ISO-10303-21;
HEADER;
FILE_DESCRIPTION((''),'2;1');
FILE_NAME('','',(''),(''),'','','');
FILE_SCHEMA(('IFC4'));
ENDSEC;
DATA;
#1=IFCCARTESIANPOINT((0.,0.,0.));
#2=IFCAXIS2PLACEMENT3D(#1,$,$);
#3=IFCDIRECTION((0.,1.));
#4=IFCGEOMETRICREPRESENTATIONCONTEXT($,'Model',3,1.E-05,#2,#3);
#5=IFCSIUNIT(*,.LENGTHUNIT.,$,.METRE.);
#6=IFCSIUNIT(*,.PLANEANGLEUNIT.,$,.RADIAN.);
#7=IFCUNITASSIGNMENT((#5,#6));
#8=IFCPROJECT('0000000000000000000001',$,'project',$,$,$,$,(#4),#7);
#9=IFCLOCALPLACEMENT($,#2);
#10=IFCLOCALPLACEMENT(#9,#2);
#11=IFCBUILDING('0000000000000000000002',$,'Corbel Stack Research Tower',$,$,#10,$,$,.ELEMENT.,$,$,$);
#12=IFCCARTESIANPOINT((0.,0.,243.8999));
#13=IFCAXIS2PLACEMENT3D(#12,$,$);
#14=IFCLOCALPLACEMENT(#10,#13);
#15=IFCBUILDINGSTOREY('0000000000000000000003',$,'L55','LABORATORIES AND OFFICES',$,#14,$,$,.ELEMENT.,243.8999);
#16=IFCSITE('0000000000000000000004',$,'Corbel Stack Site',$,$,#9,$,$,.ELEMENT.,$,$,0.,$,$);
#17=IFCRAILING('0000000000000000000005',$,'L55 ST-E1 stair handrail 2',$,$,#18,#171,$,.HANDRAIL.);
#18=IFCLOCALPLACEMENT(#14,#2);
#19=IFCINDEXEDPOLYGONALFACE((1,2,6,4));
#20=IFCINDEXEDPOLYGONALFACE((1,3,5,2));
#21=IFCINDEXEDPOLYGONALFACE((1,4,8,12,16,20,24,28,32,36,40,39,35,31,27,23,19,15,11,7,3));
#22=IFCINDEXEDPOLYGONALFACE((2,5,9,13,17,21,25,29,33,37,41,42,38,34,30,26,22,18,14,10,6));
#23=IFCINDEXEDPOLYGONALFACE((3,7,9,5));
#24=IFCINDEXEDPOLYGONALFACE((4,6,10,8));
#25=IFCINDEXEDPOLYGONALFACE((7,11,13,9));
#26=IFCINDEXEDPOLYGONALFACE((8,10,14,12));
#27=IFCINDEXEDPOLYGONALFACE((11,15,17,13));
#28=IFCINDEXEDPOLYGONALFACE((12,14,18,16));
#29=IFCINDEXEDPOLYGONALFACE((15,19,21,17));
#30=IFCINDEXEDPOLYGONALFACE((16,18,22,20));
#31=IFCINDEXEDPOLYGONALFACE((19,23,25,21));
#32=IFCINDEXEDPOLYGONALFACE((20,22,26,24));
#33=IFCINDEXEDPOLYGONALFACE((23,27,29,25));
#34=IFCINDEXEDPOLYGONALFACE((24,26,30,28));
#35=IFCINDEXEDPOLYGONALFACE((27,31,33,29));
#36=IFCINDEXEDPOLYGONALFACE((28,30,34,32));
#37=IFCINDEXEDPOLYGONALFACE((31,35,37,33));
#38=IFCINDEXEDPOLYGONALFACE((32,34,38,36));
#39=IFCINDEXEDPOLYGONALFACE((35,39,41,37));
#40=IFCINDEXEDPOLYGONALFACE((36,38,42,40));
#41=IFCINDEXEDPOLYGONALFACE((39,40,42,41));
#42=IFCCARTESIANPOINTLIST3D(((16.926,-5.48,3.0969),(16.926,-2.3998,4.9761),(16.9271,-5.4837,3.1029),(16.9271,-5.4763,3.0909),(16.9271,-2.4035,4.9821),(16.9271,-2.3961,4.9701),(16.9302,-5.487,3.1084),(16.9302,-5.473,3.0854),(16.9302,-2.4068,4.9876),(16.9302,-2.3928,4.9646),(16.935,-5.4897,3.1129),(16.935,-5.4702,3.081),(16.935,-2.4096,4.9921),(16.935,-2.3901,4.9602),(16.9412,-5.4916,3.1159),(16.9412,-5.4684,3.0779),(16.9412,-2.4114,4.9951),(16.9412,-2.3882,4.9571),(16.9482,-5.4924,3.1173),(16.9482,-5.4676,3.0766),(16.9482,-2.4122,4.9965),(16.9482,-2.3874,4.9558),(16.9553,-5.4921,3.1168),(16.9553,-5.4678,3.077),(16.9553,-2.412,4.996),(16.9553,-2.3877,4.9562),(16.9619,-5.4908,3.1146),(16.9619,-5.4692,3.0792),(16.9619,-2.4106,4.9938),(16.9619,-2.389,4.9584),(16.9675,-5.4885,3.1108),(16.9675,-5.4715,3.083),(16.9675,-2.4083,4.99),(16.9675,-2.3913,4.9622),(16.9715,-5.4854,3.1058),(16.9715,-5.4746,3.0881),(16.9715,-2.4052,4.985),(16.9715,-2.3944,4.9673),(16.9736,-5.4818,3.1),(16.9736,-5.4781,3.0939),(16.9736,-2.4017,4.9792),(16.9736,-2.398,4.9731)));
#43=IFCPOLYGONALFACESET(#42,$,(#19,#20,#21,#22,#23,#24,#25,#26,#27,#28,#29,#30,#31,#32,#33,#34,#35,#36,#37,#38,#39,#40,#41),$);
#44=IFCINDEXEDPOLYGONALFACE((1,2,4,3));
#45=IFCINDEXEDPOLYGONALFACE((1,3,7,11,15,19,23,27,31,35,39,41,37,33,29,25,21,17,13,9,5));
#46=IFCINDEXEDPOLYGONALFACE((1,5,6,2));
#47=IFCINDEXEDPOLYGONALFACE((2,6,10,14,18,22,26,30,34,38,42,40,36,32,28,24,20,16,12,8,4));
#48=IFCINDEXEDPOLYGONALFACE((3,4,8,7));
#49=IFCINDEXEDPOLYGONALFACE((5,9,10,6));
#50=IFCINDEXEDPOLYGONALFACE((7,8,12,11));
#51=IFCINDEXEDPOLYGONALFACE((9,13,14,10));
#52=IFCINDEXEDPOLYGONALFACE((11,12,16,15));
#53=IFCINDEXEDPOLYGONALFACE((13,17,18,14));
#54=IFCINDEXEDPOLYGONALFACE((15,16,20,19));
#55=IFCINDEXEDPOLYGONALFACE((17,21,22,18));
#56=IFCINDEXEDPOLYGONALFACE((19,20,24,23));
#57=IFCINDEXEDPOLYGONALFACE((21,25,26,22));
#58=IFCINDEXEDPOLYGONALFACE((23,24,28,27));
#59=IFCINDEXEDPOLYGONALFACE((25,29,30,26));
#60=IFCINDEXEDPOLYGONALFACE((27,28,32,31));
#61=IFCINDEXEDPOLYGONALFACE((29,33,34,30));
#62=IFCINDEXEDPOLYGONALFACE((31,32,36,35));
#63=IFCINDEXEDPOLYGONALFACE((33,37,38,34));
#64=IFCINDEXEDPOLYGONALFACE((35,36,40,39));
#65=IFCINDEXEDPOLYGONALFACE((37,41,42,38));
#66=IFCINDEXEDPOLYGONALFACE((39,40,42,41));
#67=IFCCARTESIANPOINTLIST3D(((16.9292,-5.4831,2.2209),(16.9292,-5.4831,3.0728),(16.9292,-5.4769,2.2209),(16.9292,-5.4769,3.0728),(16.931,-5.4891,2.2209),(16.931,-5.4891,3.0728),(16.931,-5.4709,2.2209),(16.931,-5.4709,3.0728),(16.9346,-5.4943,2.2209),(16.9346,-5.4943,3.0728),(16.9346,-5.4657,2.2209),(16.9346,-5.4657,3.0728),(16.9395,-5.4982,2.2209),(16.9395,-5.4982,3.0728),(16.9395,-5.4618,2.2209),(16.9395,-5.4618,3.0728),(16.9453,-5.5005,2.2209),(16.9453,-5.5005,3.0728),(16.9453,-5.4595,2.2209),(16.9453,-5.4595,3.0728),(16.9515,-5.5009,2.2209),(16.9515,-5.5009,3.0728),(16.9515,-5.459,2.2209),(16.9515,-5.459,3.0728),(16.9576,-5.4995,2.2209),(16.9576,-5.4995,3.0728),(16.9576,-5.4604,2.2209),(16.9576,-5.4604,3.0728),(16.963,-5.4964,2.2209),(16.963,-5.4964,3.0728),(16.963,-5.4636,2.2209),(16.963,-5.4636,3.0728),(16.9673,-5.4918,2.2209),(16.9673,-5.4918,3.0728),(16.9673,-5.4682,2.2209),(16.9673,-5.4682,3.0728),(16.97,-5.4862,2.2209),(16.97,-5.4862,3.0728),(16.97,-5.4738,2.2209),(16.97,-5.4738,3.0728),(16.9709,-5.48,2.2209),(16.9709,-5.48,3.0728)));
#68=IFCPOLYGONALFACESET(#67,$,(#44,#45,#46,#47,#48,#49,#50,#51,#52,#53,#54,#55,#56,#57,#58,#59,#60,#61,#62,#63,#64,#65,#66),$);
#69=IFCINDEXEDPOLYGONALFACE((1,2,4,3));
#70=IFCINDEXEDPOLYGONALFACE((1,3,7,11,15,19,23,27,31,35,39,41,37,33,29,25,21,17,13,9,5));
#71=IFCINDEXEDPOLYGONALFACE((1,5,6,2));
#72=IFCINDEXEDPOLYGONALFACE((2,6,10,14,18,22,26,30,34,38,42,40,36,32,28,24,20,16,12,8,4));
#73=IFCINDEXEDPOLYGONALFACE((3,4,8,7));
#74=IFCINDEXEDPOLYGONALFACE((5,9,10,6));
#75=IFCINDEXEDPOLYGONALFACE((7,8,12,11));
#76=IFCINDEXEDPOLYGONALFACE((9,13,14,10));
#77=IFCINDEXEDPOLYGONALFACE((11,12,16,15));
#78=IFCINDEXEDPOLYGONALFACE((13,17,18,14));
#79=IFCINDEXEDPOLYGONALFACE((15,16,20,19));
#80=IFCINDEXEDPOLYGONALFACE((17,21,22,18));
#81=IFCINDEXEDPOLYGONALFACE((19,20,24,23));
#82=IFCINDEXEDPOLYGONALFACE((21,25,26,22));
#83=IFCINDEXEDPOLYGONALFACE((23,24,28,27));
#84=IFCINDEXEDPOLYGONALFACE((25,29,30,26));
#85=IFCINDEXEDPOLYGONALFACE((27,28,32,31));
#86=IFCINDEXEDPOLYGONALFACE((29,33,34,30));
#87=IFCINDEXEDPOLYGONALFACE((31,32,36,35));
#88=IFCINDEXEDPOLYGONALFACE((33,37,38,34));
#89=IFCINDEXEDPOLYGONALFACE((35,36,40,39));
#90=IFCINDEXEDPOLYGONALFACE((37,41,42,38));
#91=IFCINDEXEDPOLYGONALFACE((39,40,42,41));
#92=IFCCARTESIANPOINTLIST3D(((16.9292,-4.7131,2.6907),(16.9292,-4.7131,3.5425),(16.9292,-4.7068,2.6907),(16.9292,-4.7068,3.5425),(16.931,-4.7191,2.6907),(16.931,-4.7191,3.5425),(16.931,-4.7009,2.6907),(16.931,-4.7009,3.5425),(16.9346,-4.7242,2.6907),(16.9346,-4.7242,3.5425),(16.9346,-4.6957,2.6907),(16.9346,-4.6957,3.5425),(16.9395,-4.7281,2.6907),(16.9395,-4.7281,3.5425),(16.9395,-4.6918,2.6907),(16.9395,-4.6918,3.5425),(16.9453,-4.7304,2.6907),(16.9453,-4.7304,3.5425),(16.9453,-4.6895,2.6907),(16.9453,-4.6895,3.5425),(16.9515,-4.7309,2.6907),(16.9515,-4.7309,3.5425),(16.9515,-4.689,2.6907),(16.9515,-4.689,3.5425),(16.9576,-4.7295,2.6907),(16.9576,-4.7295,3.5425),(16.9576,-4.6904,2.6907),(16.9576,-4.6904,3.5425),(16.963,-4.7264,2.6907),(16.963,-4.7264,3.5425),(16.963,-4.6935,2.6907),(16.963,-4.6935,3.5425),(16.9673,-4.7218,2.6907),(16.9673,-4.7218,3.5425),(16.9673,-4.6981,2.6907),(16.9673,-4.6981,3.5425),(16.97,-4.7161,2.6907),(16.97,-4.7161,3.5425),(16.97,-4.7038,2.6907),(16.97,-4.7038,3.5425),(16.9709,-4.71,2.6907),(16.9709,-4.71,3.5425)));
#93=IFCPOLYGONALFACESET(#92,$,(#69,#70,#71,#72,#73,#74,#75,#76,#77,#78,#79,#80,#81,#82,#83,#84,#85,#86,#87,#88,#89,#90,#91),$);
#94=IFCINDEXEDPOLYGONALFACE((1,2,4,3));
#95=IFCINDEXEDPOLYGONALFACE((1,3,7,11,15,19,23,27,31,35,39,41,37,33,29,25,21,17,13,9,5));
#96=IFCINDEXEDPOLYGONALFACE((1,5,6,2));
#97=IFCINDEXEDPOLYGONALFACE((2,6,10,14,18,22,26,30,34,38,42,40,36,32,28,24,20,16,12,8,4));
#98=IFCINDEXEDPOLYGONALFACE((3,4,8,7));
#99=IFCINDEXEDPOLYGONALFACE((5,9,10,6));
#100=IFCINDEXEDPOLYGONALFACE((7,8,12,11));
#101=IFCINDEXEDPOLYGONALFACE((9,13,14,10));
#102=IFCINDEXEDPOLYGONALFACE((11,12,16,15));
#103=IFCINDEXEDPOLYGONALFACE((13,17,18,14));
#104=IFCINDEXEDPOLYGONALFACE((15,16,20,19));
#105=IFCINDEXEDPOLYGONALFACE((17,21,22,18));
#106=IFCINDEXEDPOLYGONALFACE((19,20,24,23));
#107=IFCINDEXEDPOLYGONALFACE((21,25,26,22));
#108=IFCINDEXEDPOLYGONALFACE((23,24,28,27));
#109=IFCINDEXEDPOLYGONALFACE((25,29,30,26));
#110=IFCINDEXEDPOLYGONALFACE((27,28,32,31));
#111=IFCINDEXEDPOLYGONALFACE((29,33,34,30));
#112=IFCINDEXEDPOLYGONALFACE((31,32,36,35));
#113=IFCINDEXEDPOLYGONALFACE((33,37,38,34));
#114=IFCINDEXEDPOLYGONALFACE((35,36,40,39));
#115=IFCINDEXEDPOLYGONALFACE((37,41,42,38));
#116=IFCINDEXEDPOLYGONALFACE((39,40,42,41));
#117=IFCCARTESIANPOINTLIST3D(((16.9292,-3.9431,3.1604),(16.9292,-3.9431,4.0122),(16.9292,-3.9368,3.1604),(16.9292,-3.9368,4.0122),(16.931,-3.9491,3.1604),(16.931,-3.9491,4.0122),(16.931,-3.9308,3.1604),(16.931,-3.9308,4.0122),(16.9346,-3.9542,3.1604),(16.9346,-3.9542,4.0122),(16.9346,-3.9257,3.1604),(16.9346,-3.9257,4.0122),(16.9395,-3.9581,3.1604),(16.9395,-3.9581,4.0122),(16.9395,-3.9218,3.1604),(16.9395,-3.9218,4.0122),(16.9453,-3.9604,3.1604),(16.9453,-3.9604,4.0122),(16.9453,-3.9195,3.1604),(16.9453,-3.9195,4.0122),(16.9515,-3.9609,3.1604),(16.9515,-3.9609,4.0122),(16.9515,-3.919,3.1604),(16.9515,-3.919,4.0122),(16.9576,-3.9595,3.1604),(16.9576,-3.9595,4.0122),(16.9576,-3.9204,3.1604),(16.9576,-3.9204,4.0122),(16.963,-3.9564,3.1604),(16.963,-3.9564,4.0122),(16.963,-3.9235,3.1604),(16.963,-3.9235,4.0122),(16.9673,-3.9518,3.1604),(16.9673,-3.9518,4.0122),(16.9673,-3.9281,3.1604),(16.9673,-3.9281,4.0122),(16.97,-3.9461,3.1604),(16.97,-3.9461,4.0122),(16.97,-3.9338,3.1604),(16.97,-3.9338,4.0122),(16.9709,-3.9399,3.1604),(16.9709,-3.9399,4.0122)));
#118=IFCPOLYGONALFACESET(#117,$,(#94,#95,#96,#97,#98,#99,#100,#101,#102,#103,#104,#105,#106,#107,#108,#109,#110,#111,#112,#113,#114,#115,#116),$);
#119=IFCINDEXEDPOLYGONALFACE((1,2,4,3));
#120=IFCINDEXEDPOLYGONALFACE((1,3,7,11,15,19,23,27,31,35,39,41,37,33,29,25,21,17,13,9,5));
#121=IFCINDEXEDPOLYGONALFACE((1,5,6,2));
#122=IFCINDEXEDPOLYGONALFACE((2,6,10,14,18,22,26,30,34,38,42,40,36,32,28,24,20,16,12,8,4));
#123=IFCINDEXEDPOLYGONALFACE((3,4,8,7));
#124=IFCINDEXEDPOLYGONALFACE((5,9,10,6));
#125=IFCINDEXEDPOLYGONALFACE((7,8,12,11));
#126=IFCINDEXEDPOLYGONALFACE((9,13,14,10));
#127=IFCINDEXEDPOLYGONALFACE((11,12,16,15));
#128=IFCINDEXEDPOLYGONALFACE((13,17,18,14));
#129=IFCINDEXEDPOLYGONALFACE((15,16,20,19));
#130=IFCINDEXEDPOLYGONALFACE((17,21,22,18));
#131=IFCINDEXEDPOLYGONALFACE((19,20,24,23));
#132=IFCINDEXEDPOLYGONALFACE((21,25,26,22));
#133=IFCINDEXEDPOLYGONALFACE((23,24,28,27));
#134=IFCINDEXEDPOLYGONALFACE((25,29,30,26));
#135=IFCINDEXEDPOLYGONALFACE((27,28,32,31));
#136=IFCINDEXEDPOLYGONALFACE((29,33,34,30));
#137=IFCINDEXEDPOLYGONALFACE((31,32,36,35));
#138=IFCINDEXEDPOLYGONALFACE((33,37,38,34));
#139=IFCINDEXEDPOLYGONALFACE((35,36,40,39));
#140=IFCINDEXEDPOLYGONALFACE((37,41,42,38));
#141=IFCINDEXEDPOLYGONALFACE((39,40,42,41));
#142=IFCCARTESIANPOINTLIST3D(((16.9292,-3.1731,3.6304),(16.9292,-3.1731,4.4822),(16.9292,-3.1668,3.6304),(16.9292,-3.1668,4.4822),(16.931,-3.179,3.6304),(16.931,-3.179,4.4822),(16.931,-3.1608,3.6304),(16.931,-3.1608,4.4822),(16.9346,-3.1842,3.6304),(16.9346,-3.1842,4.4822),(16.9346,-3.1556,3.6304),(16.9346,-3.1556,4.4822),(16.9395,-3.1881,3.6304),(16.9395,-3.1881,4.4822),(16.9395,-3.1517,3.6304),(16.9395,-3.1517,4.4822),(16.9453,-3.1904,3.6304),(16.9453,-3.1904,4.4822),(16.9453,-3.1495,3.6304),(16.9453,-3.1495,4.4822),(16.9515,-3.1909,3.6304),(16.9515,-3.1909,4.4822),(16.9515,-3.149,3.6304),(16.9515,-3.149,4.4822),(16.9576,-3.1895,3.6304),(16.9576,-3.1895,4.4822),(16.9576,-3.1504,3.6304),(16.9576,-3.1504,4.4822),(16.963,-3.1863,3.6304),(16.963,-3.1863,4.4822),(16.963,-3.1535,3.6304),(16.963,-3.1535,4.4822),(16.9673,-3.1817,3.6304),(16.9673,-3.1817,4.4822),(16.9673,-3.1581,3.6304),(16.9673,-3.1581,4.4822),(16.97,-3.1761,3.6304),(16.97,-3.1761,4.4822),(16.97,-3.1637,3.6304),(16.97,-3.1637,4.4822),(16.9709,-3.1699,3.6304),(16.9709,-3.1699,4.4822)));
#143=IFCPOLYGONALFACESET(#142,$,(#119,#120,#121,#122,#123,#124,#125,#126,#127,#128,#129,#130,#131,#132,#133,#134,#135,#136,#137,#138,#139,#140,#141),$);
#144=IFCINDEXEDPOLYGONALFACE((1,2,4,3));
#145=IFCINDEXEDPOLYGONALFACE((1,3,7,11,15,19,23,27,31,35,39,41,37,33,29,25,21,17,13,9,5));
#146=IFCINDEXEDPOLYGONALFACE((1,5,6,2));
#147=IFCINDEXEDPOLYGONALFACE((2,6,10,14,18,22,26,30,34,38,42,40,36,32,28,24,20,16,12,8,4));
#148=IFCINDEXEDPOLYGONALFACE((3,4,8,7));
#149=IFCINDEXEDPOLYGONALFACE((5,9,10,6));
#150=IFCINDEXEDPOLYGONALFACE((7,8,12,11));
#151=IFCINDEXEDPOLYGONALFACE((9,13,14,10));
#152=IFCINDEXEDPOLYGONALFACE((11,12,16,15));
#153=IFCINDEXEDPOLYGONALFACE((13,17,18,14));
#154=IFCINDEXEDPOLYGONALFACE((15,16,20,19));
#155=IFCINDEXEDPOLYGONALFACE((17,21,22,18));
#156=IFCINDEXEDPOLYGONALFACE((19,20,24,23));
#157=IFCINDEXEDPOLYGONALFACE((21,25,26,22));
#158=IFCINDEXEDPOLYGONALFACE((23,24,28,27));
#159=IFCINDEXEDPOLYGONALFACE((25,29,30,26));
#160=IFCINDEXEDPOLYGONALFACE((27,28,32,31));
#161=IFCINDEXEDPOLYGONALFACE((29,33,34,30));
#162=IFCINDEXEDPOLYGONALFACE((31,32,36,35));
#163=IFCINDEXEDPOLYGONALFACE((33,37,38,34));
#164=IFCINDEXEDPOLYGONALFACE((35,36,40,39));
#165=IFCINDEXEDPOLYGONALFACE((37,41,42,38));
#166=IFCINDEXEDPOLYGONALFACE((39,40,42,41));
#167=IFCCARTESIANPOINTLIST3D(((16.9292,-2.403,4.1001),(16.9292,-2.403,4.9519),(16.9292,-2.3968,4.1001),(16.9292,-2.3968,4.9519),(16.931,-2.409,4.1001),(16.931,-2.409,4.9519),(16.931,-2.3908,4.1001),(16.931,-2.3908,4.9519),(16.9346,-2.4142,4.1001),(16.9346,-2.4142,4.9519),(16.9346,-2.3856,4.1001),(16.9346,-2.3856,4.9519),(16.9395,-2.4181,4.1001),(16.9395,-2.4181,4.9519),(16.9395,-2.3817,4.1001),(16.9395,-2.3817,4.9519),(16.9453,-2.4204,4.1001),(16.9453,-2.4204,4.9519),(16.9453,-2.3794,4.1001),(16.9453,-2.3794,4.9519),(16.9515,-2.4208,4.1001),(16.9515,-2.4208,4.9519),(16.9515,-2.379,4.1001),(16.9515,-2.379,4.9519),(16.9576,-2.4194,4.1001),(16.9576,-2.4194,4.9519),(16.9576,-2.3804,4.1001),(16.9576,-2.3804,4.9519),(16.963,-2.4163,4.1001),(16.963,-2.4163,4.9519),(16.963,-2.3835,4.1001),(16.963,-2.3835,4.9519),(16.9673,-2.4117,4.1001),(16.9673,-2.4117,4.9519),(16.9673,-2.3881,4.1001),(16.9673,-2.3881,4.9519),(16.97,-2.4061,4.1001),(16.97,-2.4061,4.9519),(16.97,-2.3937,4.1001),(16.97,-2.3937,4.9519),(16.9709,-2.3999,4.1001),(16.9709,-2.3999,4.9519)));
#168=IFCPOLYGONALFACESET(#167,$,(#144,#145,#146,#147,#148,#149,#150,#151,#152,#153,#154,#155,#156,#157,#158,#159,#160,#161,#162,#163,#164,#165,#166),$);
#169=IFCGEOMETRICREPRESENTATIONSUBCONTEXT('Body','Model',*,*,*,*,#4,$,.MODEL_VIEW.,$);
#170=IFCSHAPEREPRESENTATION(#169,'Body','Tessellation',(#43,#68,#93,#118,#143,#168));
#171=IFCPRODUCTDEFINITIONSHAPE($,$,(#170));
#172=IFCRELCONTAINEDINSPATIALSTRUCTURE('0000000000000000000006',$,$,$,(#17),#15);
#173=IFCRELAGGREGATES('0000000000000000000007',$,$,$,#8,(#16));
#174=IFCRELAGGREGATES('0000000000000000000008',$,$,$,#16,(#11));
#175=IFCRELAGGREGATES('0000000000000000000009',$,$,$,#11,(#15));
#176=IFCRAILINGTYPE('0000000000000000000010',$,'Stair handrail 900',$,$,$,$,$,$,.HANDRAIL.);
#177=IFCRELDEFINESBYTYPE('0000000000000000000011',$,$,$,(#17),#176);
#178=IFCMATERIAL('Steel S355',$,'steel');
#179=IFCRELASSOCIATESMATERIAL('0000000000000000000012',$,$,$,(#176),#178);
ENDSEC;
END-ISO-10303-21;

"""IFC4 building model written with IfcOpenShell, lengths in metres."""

from ifc_helpers import new_model, si_unit, direction, frame, origin, origin_2d, place, context, subcontext, project, spatial, circle, extrude, material, type_object, element, save


model = new_model("IFC4")

# Units and contexts
model_context = context("Model", 3, precision=1e-05, world=origin(), true_north=direction((0.0, 1.0)))
body_context = subcontext(model_context, "Body", "Model", "MODEL_VIEW")
ifc_project = project(units=[si_unit("LENGTHUNIT", "METRE"), si_unit("PLANEANGLEUNIT", "RADIAN")], contexts=[model_context])

# Site, building, storey
site_placement = place(None, origin())
site = spatial("IfcSite", under=ifc_project, at=site_placement, Name="Corbel Stack Site", CompositionType="ELEMENT", RefElevation=0.0)
building_placement = place(site_placement, origin())
building = spatial("IfcBuilding", under=site, at=building_placement, Name="Corbel Stack Research Tower", CompositionType="ELEMENT")
storey_placement = place(building_placement, frame((0.0, 0.0, 243.8999)))
storey = spatial("IfcBuildingStorey", under=building, at=storey_placement, Name="L55", Description="LABORATORIES AND OFFICES", CompositionType="ELEMENT", Elevation=243.8999)

# Railing
ifc_material_1 = material(Name="Steel S355", Category="steel")
railing_type_1 = type_object("IfcRailingType", Name="Stair handrail 900", PredefinedType="HANDRAIL", material=ifc_material_1)
railing_1_placement = place(storey_placement, frame((16.95, -5.48, 2.2209)))
element("IfcRailing", 1, at=railing_1_placement, inside=storey, type_object=railing_type_1, Name="L55 ST-E1 stair handrail 2", PredefinedType="HANDRAIL", context=body_context, shape_type="SweptSolid", body=[
    extrude(circle(Radius=0.0239, at=origin_2d()), frame((0.0, 0.0, 0.876), z_axis=(0.0, 0.853666, 0.52082), x_axis=(-1.0, 0.0, 0.0)), (0.0, 0.0, 1.0), 3.6082),
    extrude(circle(Radius=0.021, at=origin_2d()), origin(), (0.0, 0.0, 1.0), 0.8518),
    extrude(circle(Radius=0.021, at=origin_2d()), frame((0.0, 0.77, 0.4697)), (0.0, 0.0, 1.0), 0.8518),
    extrude(circle(Radius=0.021, at=origin_2d()), frame((0.0, 1.54, 0.9395)), (0.0, 0.0, 1.0), 0.8518),
    extrude(circle(Radius=0.021, at=origin_2d()), frame((0.0, 2.3101, 1.4094)), (0.0, 0.0, 1.0), 0.8518),
    extrude(circle(Radius=0.021, at=origin_2d()), frame((0.0, 3.0801, 1.8792)), (0.0, 0.0, 1.0), 0.8518),
])

save(model, "model.ifc")
